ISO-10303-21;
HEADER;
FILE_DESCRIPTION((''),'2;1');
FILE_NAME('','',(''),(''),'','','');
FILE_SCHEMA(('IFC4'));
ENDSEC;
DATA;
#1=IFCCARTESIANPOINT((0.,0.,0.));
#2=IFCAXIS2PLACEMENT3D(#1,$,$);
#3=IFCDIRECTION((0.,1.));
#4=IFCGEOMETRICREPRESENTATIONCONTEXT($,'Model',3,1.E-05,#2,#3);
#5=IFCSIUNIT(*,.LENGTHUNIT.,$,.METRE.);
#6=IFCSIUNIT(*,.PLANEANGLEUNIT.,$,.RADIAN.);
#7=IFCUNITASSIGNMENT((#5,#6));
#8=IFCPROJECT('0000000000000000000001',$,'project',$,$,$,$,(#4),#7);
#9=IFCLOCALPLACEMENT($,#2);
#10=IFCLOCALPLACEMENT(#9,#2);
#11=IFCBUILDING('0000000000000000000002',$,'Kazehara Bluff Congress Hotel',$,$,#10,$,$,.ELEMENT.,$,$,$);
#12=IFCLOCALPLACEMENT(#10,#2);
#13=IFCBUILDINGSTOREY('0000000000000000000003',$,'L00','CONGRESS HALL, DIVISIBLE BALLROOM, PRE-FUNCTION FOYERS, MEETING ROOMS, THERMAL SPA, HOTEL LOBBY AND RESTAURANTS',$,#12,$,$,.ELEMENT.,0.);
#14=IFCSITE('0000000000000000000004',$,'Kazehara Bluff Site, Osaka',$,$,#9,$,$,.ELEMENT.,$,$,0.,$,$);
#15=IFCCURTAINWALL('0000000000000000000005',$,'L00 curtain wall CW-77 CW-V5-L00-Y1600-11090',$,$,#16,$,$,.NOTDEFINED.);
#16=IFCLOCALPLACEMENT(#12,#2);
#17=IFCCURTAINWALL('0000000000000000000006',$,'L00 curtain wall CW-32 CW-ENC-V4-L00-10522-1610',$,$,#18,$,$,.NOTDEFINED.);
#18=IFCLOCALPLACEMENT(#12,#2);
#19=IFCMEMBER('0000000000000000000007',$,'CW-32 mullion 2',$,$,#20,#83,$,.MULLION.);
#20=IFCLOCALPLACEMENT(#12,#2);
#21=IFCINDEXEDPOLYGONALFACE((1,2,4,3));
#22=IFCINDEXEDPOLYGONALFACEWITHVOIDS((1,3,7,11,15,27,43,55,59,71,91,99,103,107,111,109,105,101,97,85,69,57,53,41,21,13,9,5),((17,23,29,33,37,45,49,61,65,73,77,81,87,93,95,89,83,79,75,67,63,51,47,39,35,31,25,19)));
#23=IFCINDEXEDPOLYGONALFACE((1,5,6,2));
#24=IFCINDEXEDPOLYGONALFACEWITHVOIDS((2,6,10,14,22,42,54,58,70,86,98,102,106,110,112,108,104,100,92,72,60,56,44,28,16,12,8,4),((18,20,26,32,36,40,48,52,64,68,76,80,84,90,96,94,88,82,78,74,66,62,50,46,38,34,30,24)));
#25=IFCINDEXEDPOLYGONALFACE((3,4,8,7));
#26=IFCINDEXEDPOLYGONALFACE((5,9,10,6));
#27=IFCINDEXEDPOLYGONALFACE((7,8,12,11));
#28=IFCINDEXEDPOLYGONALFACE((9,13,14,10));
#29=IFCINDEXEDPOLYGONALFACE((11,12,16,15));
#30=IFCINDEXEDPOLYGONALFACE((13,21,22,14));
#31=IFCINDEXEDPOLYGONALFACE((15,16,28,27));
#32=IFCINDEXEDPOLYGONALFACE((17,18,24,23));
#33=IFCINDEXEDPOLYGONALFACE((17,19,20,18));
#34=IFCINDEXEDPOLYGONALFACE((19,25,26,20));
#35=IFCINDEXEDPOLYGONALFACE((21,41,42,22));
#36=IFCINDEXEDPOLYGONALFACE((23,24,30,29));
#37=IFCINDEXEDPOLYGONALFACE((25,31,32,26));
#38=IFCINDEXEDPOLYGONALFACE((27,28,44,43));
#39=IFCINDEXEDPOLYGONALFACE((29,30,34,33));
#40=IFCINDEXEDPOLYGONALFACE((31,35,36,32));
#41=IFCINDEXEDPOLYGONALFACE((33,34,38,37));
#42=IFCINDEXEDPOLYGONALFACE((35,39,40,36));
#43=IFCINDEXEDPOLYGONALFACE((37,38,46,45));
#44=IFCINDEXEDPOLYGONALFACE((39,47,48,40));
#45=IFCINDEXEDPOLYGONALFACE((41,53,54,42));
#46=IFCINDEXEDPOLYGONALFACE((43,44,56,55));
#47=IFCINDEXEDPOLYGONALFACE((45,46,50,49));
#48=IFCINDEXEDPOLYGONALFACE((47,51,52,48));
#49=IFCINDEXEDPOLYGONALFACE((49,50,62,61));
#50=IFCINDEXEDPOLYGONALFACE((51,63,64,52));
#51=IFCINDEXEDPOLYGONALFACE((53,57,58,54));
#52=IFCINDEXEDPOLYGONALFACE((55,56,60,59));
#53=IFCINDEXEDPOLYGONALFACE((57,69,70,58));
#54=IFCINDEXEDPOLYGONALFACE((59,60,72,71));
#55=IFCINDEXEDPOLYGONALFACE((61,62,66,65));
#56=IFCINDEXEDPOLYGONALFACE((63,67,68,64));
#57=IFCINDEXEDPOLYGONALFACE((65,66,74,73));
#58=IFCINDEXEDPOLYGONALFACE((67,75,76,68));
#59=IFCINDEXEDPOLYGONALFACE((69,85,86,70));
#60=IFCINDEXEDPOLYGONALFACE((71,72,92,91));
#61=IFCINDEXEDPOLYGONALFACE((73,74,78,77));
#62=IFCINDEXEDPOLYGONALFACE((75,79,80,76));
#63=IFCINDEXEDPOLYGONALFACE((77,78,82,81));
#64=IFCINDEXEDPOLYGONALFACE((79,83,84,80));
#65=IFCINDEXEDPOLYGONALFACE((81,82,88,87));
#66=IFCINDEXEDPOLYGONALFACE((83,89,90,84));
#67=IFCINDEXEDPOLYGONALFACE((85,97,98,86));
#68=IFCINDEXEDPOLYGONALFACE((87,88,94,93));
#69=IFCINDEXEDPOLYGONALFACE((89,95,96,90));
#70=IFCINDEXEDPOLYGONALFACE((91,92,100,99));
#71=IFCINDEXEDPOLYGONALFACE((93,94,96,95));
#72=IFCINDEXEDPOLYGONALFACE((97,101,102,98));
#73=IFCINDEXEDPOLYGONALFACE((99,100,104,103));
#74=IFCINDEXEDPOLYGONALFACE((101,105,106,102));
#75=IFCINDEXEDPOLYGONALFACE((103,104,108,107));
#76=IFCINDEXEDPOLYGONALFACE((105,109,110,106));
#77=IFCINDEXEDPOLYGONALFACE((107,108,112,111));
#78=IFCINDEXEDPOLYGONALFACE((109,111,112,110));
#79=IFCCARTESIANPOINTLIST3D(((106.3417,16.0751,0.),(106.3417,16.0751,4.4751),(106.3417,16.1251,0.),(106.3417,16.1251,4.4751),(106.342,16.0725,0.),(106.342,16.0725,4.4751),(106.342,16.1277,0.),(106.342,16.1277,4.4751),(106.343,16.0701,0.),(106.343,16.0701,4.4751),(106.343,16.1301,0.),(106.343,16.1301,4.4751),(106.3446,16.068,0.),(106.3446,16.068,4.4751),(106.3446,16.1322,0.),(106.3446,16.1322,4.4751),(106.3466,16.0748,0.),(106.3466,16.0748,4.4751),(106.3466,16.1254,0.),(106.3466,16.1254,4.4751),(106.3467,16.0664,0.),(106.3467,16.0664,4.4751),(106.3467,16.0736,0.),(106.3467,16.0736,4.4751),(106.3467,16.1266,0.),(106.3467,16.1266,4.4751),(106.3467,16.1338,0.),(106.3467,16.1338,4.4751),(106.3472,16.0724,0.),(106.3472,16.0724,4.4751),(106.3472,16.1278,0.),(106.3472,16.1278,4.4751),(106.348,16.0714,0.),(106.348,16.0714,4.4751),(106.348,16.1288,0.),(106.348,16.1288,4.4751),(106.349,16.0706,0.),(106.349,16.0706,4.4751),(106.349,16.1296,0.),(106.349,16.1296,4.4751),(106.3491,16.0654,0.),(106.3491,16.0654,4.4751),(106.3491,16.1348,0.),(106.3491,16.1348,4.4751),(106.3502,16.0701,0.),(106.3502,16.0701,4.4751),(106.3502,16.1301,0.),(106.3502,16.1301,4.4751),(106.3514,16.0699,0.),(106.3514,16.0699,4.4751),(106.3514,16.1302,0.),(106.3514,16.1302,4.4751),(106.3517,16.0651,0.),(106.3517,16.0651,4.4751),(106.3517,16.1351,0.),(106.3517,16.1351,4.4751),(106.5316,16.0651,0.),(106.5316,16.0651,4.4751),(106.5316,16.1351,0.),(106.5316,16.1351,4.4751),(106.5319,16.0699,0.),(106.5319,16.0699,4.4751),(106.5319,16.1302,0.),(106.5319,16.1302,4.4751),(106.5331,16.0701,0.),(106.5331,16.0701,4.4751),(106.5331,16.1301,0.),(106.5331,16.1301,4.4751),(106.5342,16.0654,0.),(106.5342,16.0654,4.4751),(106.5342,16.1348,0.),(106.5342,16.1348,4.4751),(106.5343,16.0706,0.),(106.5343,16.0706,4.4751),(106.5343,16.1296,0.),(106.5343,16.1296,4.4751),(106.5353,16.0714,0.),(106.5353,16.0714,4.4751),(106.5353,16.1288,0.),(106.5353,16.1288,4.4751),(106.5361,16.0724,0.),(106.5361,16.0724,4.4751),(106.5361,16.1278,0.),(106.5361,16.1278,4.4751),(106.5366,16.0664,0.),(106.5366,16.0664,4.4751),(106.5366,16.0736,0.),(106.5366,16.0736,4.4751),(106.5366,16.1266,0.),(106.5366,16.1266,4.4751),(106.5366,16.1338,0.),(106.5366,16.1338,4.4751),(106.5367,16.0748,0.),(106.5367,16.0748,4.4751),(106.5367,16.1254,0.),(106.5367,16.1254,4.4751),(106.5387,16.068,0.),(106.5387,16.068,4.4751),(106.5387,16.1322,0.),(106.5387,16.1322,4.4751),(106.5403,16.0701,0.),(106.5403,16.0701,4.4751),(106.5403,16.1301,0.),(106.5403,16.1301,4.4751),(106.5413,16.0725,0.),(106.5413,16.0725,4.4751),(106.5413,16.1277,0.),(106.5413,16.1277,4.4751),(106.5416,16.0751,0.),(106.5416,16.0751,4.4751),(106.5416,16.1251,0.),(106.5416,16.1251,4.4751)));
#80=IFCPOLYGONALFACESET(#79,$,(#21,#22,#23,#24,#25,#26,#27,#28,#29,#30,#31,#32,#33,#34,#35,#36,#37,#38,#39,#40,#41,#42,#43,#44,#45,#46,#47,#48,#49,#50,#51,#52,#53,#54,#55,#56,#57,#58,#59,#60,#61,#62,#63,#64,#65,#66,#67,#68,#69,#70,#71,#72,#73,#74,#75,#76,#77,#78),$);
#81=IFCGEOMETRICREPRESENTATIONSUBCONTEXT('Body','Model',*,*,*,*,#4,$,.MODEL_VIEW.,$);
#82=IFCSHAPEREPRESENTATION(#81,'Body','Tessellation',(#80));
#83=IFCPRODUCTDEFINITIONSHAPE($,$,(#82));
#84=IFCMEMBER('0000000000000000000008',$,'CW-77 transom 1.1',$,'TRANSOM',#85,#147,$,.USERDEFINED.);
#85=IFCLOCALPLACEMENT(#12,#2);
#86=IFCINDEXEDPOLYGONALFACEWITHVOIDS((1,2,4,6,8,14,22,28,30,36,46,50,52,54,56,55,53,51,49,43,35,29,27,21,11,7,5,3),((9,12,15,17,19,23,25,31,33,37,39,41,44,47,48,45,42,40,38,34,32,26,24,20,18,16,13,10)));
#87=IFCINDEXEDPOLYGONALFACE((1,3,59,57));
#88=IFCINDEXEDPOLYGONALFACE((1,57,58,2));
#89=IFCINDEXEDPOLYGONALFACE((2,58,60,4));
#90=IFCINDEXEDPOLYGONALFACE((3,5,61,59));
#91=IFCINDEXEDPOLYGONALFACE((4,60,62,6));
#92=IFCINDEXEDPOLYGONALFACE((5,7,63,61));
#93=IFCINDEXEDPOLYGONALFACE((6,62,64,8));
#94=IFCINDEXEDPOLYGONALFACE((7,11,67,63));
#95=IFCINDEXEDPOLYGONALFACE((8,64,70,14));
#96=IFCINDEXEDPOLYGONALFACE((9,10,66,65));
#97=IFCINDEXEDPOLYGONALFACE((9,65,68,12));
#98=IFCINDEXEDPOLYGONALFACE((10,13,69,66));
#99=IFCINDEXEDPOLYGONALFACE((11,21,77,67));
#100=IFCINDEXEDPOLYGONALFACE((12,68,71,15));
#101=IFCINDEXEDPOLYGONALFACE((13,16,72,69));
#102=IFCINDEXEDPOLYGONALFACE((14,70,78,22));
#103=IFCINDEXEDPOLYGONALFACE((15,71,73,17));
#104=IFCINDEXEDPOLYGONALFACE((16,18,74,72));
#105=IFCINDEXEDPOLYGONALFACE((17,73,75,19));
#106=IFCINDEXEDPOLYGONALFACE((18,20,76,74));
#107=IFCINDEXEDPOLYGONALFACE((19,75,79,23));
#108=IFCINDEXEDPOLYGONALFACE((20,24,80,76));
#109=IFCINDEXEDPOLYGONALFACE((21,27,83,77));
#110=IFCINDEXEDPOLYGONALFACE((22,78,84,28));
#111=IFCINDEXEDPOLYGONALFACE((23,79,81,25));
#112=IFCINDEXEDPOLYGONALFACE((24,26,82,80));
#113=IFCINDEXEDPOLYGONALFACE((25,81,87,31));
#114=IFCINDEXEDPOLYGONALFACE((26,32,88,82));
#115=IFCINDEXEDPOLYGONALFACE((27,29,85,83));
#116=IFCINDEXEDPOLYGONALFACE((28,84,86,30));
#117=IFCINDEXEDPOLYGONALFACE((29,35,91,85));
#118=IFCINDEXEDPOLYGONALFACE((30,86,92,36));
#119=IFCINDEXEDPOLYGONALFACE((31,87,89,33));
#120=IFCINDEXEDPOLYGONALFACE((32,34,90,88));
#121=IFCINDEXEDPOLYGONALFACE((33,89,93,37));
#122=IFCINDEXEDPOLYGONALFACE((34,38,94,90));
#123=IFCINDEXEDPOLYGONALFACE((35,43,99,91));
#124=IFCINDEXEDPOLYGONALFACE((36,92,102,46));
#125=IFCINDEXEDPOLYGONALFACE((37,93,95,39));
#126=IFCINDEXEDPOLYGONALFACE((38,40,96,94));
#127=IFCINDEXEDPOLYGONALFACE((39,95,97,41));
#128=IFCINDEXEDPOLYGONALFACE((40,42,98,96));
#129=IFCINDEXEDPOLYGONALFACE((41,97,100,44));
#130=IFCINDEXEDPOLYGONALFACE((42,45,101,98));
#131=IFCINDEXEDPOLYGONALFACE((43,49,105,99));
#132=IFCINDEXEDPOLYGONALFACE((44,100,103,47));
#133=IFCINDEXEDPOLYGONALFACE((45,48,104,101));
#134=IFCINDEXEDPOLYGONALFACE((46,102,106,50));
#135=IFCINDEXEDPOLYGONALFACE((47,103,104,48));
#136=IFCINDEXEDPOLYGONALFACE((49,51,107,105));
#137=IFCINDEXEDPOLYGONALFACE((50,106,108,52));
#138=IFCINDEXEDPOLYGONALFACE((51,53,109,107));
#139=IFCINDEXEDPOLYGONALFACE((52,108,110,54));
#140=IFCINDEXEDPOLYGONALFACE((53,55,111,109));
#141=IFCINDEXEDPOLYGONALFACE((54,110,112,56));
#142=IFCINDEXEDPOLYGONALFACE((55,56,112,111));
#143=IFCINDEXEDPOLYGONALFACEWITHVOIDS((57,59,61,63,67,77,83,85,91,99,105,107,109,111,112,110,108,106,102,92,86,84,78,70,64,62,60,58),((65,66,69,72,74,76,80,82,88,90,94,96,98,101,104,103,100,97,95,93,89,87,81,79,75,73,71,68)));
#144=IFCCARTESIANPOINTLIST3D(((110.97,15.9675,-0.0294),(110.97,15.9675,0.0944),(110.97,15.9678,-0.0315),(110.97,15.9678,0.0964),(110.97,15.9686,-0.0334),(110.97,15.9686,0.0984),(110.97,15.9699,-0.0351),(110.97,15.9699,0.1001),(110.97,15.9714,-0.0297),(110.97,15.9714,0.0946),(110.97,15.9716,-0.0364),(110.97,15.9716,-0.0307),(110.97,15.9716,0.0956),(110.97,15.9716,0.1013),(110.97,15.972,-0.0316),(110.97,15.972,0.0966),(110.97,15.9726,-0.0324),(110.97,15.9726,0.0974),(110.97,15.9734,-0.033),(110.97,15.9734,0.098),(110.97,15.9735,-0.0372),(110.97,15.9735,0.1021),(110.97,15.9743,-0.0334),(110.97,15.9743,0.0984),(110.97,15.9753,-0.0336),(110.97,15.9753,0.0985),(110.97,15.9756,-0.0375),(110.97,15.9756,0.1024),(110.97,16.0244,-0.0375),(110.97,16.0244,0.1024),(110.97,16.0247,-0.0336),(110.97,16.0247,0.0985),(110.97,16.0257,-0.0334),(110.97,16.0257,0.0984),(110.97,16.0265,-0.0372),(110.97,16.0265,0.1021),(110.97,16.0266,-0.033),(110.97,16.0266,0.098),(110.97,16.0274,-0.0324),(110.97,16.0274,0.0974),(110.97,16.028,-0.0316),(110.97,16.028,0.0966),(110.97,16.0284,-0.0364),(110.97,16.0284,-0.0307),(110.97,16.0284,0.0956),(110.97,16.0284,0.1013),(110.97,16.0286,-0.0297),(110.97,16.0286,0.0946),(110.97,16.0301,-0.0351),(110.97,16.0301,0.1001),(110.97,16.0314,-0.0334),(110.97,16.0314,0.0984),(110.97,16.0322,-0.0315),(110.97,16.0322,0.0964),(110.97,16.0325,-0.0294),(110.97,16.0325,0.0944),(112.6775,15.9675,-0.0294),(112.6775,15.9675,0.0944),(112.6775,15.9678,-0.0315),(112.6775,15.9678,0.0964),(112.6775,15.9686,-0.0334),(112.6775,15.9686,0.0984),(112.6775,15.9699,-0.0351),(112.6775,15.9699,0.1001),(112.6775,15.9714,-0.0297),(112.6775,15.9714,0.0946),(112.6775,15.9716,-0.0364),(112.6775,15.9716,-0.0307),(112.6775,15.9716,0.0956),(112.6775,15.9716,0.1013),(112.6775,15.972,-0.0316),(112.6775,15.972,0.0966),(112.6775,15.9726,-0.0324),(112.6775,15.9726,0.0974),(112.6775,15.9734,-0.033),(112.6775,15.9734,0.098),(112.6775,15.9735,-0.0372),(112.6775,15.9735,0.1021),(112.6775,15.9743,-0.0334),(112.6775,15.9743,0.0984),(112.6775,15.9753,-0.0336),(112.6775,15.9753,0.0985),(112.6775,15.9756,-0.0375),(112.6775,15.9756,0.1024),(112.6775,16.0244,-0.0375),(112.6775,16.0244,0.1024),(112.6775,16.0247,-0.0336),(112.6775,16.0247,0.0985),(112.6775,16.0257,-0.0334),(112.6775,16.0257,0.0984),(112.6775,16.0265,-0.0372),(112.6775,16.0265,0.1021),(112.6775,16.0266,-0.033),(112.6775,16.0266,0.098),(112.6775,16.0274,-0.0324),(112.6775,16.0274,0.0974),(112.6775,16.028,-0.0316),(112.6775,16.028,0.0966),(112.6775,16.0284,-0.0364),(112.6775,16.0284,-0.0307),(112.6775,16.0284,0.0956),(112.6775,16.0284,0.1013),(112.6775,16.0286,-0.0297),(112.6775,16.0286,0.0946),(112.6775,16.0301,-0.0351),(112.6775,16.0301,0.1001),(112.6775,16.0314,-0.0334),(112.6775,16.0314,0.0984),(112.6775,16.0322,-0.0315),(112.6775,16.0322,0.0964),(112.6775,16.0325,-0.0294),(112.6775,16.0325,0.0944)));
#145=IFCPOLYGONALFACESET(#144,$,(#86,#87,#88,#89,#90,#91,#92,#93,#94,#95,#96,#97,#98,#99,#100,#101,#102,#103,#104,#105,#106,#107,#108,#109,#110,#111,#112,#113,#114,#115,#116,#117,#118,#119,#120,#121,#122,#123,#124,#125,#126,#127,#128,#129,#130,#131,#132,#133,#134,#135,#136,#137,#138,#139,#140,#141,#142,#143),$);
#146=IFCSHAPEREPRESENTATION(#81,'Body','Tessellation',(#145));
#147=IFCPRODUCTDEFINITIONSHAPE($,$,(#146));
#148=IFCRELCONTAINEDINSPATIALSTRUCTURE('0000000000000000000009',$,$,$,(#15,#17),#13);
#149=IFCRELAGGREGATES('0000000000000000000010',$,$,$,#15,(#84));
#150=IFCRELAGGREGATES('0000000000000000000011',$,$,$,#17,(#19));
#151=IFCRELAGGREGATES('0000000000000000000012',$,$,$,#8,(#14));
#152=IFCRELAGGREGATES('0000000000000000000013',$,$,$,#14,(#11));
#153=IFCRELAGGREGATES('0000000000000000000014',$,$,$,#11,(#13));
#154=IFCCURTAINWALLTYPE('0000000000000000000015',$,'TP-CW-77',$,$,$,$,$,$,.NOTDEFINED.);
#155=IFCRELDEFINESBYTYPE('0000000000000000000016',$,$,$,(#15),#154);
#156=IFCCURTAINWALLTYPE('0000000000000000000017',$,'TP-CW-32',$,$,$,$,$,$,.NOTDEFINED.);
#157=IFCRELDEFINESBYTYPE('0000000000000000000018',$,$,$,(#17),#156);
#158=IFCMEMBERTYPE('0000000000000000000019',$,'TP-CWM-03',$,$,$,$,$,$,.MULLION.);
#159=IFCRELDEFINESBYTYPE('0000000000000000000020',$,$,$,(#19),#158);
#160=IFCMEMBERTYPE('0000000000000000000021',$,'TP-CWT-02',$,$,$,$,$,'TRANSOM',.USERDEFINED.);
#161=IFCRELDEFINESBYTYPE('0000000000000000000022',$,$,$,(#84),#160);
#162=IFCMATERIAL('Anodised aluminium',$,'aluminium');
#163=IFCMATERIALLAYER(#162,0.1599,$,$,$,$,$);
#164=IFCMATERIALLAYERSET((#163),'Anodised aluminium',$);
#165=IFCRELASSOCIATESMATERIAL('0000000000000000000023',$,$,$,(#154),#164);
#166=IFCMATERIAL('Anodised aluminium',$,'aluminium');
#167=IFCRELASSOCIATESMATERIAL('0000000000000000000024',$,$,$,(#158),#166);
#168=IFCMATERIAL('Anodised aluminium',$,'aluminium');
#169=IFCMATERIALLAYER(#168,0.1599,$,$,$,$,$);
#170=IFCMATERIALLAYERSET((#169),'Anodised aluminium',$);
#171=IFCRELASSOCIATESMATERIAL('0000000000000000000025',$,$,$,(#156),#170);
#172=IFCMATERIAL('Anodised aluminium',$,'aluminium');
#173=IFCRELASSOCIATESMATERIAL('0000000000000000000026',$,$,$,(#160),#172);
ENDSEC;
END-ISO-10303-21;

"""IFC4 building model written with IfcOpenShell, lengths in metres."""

from ifc_helpers import new_model, si_unit, direction, frame, origin, origin_2d, place, context, subcontext, project, spatial, hollow_rectangle, extrude, material, layer, layer_set, material_profile, profile_set, type_object, element, aggregate, save


model = new_model("IFC4")

# Units and contexts
model_context = context("Model", 3, precision=1e-05, world=origin(), true_north=direction((0.0, 1.0)))
body_context = subcontext(model_context, "Body", "Model", "MODEL_VIEW")
ifc_project = project(units=[si_unit("LENGTHUNIT", "METRE"), si_unit("PLANEANGLEUNIT", "RADIAN")], contexts=[model_context])

# Site, building, storey
site_placement = place(None, origin())
site = spatial("IfcSite", under=ifc_project, at=site_placement, Name="Kazehara Bluff Site, Osaka", CompositionType="ELEMENT", RefElevation=0.0)
building_placement = place(site_placement, origin())
building = spatial("IfcBuilding", under=site, at=building_placement, Name="Kazehara Bluff Congress Hotel", CompositionType="ELEMENT")
storey_placement = place(building_placement, origin())
storey = spatial("IfcBuildingStorey", under=building, at=storey_placement, Name="L00", Description="CONGRESS HALL, DIVISIBLE BALLROOM, PRE-FUNCTION FOYERS, MEETING ROOMS, THERMAL SPA, HOTEL LOBBY AND RESTAURANTS", CompositionType="ELEMENT", Elevation=0.0)

# Curtain wall
ifc_material_1 = material(Name="Anodised aluminium", Category="aluminium")
ifc_layer_1 = layer(ifc_material_1, 0.1599)
ifc_layer_set_1 = layer_set([ifc_layer_1], Name="Anodised aluminium")
curtain_wall_type_1 = type_object("IfcCurtainWallType", Name="TP-CW-77", PredefinedType="NOTDEFINED", material=ifc_layer_set_1)
curtain_wall_1_placement = place(storey_placement, origin())
curtain_wall_1 = element("IfcCurtainWall", 1, at=curtain_wall_1_placement, inside=storey, type_object=curtain_wall_type_1, Name="L00 curtain wall CW-77 CW-V5-L00-Y1600-11090", PredefinedType="NOTDEFINED")
ifc_material_2 = material(Name="Anodised aluminium", Category="aluminium")
ifc_material_profile_1 = material_profile(ifc_material_2, hollow_rectangle(XDim=0.0701, YDim=0.2, WallThickness=0.0049, InnerFilletRadius=0.0049, OuterFilletRadius=0.01, at=origin_2d()))
ifc_profile_set_1 = profile_set([ifc_material_profile_1], Name="Anodised aluminium")
member_type_1 = type_object("IfcMemberType", Name="TP-CWM-03", PredefinedType="MULLION", material=ifc_profile_set_1)

# Curtain wall, member
ifc_material_3 = material(Name="Anodised aluminium", Category="aluminium")
ifc_layer_2 = layer(ifc_material_3, 0.1599)
ifc_layer_set_2 = layer_set([ifc_layer_2], Name="Anodised aluminium")
curtain_wall_type_2 = type_object("IfcCurtainWallType", Name="TP-CW-32", PredefinedType="NOTDEFINED", material=ifc_layer_set_2)
curtain_wall_2_placement = place(storey_placement, origin())
curtain_wall_2 = element("IfcCurtainWall", 2, at=curtain_wall_2_placement, inside=storey, type_object=curtain_wall_type_2, Name="L00 curtain wall CW-32 CW-ENC-V4-L00-10522-1610", PredefinedType="NOTDEFINED")
member_1_placement = place(storey_placement, frame((106.4417, 16.1001, 0.0), z_axis=(0.0, 0.0, 1.0), x_axis=(0.0, -1.0, 0.0)))
member_1 = element("IfcMember", 3, at=member_1_placement, type_object=member_type_1, Name="CW-32 mullion 2", PredefinedType="MULLION", context=body_context, shape_type="SweptSolid", body=[
    extrude(hollow_rectangle(XDim=0.0701, YDim=0.2, WallThickness=0.0049, InnerFilletRadius=0.0049, OuterFilletRadius=0.01, at=origin_2d()), origin(), (0.0, 0.0, 1.0), 4.4751),
])

# Member
ifc_material_4 = material(Name="Anodised aluminium", Category="aluminium")
ifc_material_profile_2 = material_profile(ifc_material_4, hollow_rectangle(XDim=0.0649, YDim=0.1399, WallThickness=0.0039, InnerFilletRadius=0.0039, OuterFilletRadius=0.0081, at=origin_2d()))
ifc_profile_set_2 = profile_set([ifc_material_profile_2], Name="Anodised aluminium")
member_type_2 = type_object("IfcMemberType", Name="TP-CWT-02", ElementType="TRANSOM", PredefinedType="USERDEFINED", material=ifc_profile_set_2)
member_2_placement = place(storey_placement, frame((110.97, 16.0, 0.0325), z_axis=(1.0, 0.0, 0.0), x_axis=(0.0, 1.0, 0.0)))
member_2 = element("IfcMember", 4, at=member_2_placement, type_object=member_type_2, Name="CW-77 transom 1.1", ObjectType="TRANSOM", PredefinedType="USERDEFINED", context=body_context, shape_type="SweptSolid", body=[
    extrude(hollow_rectangle(XDim=0.0649, YDim=0.1399, WallThickness=0.0039, InnerFilletRadius=0.0039, OuterFilletRadius=0.0081, at=origin_2d()), origin(), (0.0, 0.0, 1.0), 1.7075),
])

aggregate(curtain_wall_1, [member_2])
aggregate(curtain_wall_2, [member_1])

save(model, "model.ifc")
